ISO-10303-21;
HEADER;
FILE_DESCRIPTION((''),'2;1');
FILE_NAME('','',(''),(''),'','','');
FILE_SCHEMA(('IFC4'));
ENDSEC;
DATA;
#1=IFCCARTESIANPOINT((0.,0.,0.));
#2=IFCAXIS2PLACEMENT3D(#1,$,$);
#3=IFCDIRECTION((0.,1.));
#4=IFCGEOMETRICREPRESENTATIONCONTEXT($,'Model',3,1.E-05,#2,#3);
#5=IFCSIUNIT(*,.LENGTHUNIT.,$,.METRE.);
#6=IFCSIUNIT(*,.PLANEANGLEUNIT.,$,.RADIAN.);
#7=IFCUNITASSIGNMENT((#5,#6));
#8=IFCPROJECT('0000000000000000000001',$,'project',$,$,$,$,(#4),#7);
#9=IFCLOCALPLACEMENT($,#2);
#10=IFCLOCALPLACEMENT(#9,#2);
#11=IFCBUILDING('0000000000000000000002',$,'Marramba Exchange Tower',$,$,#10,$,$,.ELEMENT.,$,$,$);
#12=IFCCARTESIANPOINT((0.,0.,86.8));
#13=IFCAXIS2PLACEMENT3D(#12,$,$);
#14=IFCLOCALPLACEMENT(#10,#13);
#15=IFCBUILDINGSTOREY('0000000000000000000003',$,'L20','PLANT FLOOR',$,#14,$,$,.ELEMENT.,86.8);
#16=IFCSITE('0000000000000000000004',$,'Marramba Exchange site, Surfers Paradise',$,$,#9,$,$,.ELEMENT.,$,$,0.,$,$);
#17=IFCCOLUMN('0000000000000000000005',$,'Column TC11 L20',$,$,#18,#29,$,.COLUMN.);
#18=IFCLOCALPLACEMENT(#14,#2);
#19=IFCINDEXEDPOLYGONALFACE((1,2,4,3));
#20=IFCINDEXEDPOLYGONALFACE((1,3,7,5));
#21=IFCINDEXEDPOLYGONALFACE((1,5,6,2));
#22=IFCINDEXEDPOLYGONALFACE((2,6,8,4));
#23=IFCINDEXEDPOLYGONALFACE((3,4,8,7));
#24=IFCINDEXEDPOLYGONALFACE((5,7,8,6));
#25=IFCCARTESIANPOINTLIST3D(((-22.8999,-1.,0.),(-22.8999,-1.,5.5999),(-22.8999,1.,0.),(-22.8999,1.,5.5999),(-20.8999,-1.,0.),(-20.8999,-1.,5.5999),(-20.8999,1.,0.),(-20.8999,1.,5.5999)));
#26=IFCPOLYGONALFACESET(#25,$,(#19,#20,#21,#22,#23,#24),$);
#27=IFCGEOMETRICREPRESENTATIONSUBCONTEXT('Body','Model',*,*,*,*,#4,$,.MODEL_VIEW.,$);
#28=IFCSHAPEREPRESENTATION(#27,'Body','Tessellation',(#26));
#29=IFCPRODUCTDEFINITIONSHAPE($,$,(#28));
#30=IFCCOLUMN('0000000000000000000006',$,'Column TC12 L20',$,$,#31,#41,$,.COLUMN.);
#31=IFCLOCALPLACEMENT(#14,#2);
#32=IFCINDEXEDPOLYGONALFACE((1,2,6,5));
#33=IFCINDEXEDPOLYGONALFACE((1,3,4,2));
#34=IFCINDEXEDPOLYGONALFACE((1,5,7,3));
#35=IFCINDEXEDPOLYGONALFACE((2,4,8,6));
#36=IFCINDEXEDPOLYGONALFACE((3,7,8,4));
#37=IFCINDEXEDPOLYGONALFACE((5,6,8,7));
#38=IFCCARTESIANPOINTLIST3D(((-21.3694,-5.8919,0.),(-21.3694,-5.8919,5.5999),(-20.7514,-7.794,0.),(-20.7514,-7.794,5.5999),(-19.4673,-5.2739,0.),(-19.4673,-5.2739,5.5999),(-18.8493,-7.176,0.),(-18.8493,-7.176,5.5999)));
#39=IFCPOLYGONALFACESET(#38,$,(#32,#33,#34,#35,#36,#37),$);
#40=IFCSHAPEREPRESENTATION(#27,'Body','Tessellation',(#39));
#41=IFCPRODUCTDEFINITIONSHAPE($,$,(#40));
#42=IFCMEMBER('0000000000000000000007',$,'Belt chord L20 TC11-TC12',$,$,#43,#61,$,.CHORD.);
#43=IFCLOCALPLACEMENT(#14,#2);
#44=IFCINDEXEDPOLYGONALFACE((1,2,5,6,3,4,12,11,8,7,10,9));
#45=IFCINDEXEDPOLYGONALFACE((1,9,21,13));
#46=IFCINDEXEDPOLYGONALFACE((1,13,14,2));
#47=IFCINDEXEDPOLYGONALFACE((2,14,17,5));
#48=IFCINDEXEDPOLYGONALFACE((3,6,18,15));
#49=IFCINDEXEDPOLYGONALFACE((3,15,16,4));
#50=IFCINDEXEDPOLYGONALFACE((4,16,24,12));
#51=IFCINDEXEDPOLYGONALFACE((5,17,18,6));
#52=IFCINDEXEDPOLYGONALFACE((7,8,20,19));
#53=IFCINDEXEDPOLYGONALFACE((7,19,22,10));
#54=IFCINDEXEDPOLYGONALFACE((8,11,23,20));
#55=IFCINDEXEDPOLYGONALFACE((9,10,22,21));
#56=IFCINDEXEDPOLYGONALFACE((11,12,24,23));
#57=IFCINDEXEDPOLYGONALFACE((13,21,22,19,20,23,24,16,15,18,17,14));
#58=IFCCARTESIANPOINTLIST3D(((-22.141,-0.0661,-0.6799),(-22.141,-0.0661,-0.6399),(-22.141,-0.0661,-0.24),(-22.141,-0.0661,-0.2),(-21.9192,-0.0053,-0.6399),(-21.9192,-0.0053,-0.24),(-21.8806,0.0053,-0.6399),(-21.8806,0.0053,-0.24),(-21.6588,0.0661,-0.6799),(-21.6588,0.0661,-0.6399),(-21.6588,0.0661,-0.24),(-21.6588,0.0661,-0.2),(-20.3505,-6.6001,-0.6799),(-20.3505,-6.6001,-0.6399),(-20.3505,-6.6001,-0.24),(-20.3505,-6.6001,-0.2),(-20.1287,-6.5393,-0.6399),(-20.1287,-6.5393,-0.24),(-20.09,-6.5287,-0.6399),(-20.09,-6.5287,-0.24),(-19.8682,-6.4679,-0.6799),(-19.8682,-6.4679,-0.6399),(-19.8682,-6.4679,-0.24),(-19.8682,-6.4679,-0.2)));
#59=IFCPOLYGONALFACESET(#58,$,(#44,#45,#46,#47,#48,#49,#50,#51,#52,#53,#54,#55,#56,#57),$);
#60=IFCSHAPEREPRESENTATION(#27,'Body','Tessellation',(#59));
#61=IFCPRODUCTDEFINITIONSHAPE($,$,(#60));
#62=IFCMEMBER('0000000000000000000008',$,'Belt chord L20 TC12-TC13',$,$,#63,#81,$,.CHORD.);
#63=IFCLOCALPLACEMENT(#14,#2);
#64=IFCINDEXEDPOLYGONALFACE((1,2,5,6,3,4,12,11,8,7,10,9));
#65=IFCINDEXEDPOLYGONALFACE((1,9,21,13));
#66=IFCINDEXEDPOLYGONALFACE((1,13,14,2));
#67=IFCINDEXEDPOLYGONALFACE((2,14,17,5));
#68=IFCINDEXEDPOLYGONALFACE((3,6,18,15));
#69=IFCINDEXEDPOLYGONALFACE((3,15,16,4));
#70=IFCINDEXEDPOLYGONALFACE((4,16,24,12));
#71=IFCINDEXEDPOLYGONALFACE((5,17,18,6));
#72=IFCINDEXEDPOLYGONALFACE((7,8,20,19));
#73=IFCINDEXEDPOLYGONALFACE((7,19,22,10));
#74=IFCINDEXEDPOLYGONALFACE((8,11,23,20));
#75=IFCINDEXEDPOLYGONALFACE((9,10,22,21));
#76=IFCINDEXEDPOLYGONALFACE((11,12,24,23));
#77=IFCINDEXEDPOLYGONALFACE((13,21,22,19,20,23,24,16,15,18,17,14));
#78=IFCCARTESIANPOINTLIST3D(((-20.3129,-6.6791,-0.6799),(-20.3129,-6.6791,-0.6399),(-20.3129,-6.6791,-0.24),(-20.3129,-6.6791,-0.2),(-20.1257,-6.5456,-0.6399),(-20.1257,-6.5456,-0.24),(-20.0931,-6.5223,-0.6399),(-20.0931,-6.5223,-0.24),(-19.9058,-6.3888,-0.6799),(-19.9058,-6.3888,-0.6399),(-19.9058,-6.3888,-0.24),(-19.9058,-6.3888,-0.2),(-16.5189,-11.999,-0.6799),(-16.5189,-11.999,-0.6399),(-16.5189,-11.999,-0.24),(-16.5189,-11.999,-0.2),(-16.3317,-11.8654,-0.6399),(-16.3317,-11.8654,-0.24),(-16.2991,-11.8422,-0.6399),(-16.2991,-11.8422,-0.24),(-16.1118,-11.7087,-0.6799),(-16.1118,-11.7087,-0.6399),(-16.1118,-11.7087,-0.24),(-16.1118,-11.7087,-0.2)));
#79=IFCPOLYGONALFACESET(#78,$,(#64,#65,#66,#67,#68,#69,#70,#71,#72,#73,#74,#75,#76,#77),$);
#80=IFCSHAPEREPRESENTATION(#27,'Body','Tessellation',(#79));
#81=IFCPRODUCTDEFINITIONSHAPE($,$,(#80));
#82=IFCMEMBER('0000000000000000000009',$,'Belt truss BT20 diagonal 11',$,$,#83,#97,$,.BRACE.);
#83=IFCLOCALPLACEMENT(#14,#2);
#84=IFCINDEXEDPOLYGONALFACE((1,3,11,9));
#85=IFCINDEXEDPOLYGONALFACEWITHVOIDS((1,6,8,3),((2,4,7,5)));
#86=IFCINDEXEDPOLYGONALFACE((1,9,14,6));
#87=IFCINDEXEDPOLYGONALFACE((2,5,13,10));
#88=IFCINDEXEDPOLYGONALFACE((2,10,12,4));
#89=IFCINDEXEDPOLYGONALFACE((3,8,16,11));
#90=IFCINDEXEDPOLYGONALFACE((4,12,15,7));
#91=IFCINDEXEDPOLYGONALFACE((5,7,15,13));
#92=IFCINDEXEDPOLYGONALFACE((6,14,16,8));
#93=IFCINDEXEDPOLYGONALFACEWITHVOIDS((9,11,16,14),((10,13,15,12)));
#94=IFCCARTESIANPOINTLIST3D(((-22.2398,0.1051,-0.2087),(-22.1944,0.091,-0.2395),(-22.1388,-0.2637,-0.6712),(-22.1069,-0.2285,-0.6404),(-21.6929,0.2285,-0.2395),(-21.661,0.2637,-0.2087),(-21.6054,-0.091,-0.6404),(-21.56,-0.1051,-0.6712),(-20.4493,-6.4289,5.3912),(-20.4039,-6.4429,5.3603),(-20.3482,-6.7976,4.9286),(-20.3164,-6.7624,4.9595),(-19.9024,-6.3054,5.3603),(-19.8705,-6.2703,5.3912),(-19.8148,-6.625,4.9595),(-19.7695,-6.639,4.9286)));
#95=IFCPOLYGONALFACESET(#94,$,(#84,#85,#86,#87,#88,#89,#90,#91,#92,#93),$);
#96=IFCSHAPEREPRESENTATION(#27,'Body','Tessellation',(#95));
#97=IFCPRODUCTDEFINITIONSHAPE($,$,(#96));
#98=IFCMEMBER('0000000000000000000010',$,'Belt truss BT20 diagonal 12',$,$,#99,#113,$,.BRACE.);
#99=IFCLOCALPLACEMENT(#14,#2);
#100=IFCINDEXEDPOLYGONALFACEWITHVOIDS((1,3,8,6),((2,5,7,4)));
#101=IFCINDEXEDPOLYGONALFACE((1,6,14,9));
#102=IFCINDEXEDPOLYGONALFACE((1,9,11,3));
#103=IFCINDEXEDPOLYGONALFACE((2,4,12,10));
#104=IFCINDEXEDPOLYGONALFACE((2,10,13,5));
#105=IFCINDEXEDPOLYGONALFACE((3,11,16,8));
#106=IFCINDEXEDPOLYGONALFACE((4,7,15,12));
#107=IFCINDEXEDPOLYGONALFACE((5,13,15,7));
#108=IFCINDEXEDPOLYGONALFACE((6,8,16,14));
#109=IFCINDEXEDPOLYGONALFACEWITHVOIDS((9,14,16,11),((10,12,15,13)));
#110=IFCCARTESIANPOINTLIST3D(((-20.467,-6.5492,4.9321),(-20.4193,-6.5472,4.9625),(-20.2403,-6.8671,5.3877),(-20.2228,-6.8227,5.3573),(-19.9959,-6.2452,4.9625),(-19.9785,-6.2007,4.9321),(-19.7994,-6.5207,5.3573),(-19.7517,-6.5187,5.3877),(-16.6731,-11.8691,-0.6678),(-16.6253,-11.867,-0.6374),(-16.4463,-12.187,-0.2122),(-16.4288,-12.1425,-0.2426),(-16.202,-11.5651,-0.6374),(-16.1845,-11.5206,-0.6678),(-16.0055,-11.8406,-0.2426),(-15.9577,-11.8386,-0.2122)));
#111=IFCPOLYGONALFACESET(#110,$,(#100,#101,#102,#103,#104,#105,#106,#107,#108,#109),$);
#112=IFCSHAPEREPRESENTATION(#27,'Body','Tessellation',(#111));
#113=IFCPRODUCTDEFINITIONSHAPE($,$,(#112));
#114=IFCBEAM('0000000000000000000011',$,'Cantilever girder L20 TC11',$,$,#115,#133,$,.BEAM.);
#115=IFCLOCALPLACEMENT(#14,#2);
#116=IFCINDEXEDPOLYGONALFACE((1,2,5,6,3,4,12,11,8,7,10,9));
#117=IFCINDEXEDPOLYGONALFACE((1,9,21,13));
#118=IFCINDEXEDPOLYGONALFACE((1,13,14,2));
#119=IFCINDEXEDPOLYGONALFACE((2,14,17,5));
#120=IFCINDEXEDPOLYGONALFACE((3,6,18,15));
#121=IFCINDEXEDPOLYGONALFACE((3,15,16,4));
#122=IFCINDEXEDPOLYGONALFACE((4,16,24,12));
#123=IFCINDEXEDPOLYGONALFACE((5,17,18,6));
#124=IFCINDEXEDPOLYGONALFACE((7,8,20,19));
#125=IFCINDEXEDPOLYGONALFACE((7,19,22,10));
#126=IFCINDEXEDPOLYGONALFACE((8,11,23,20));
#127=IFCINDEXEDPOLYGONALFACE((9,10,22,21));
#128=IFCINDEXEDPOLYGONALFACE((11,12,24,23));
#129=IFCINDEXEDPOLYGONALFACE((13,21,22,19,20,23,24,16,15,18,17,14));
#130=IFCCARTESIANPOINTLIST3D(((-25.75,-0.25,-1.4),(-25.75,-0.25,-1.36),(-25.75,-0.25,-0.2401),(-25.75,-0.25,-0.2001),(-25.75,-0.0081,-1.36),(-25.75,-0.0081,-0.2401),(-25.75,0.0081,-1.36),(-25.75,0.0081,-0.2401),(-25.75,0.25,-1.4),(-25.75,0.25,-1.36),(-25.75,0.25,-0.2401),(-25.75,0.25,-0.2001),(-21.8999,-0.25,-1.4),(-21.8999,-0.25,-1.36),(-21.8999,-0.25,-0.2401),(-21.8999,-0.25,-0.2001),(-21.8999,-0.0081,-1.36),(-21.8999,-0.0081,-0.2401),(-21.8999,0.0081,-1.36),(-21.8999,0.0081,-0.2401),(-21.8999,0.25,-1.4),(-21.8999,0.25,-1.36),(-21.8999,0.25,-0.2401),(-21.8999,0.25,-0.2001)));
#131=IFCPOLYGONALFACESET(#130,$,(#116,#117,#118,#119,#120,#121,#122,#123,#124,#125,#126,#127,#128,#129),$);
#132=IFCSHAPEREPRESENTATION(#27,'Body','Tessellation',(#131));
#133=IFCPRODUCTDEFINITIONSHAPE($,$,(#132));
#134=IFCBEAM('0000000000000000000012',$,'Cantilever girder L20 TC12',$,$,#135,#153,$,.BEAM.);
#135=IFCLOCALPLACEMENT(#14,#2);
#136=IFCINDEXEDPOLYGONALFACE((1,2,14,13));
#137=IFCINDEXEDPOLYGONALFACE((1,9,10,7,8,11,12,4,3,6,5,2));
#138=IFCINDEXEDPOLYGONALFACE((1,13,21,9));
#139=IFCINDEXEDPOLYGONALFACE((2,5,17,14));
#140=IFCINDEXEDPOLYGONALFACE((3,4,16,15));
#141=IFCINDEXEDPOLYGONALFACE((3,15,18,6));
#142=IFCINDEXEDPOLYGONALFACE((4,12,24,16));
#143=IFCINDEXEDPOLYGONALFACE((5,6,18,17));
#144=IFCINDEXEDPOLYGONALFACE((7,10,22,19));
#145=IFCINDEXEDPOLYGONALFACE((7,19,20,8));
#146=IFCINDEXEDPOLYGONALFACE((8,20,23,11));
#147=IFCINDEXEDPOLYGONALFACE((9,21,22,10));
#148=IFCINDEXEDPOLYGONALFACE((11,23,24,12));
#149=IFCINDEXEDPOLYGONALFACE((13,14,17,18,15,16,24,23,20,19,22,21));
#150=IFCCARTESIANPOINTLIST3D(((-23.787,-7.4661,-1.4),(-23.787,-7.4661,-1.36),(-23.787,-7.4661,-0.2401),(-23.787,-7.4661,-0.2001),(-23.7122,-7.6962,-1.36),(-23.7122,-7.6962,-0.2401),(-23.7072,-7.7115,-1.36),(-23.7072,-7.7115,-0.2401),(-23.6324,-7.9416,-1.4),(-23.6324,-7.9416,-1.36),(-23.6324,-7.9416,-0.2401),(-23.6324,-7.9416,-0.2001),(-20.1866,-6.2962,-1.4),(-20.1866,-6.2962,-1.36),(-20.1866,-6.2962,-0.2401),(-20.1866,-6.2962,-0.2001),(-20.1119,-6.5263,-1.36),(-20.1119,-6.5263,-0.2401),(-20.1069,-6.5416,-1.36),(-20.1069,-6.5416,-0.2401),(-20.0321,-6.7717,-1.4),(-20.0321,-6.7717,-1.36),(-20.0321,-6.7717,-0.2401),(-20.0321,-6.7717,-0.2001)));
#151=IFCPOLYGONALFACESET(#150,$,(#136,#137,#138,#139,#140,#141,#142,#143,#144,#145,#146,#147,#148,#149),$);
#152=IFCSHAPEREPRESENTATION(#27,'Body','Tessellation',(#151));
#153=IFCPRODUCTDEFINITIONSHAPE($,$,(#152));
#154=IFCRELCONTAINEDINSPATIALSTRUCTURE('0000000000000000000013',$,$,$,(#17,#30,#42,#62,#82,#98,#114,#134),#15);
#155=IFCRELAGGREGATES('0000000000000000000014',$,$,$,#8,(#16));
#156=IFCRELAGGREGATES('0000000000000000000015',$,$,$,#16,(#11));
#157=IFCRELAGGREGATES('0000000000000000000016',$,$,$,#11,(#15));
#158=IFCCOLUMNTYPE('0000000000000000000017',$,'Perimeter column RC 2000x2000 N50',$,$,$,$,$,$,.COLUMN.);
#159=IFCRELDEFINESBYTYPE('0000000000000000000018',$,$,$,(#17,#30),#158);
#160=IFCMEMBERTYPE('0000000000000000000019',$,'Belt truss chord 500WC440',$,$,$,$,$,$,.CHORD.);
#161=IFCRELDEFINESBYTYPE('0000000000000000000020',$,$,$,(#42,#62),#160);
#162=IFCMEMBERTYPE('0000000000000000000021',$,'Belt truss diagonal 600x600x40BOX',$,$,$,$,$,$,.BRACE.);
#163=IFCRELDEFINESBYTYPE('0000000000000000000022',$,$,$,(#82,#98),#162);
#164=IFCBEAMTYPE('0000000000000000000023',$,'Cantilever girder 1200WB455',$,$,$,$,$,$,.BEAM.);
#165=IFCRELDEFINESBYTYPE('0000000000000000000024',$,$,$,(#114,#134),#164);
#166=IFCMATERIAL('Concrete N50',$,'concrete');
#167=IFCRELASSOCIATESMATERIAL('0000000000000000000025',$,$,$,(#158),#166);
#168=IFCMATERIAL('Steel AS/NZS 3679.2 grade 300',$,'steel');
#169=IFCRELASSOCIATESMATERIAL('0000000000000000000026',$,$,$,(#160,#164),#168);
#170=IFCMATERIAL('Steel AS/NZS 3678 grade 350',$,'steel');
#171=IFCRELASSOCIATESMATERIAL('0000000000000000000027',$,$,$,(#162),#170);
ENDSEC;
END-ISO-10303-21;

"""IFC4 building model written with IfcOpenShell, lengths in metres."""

from ifc_helpers import new_model, si_unit, direction, frame, origin, origin_2d, place, context, subcontext, project, spatial, rectangle, hollow_rectangle, i_section, extrude, material, material_profile, profile_set, type_object, element, save


model = new_model("IFC4")

# Units and contexts
model_context = context("Model", 3, precision=1e-05, world=origin(), true_north=direction((0.0, 1.0)))
body_context = subcontext(model_context, "Body", "Model", "MODEL_VIEW")
ifc_project = project(units=[si_unit("LENGTHUNIT", "METRE"), si_unit("PLANEANGLEUNIT", "RADIAN")], contexts=[model_context])

# Site, building, storey
site_placement = place(None, origin())
site = spatial("IfcSite", under=ifc_project, at=site_placement, Name="Marramba Exchange site, Surfers Paradise", CompositionType="ELEMENT", RefElevation=0.0)
building_placement = place(site_placement, origin())
building = spatial("IfcBuilding", under=site, at=building_placement, Name="Marramba Exchange Tower", CompositionType="ELEMENT")
storey_placement = place(building_placement, frame((0.0, 0.0, 86.8)))
storey = spatial("IfcBuildingStorey", under=building, at=storey_placement, Name="L20", Description="PLANT FLOOR", CompositionType="ELEMENT", Elevation=86.8)

# Columns
ifc_material_1 = material(Name="Concrete N50", Category="concrete")
ifc_material_profile_1 = material_profile(ifc_material_1, rectangle(XDim=2.0, YDim=2.0, at=origin_2d()), Name="RC 2000x2000")
ifc_profile_set_1 = profile_set([ifc_material_profile_1], Name="Concrete N50")
column_type = type_object("IfcColumnType", Name="Perimeter column RC 2000x2000 N50", PredefinedType="COLUMN", material=ifc_profile_set_1)
for number, where, z_axis, x_axis, name in (
    (1, (-21.8999, 0.0, 0.0), (0.0, 0.0, 1.0), (-1.0, 0.0, 0.0), "Column TC11 L20"),
    (2, (-20.1094, -6.5339, 0.0), (0.0, 0.0, 1.0), (-0.951057, -0.309017, 0.0), "Column TC12 L20"),
):
    element("IfcColumn", number, at=place(storey_placement, frame(where, z_axis=z_axis, x_axis=x_axis)), inside=storey, type_object=column_type, Name=name, PredefinedType="COLUMN", context=body_context, shape_type="SweptSolid", body=[
        extrude(rectangle(XDim=2.0, YDim=2.0, at=origin_2d()), origin(), (0.0, 0.0, 1.0), 5.5999),
    ])

# Members
ifc_material_2 = material(Name="Steel AS/NZS 3679.2 grade 300", Category="steel")
ifc_material_profile_2 = material_profile(ifc_material_2, i_section(OverallWidth=0.5, OverallDepth=0.48, WebThickness=0.04, FlangeThickness=0.04, at=origin_2d()), Name="500WC440")
ifc_profile_set_2 = profile_set([ifc_material_profile_2], Name="Steel AS/NZS 3679.2 grade 300")
member_type_1 = type_object("IfcMemberType", Name="Belt truss chord 500WC440", PredefinedType="CHORD", material=ifc_profile_set_2)
member_1_placement = place(storey_placement, frame((-21.8999, 0.0, -0.4399), z_axis=(0.264291, -0.964443, 0.0), x_axis=(0.964443, 0.264291, 0.0)))
element("IfcMember", 3, at=member_1_placement, inside=storey, type_object=member_type_1, Name="Belt chord L20 TC11-TC12", PredefinedType="CHORD", context=body_context, shape_type="SweptSolid", body=[
    extrude(i_section(OverallWidth=0.5, OverallDepth=0.48, WebThickness=0.04, FlangeThickness=0.04, at=origin_2d()), origin(), (0.0, 0.0, 1.0), 6.7749),
])
member_2_placement = place(storey_placement, frame((-20.1094, -6.5339, -0.4399), z_axis=(0.580637, -0.814162, 0.0), x_axis=(0.814162, 0.580637, 0.0)))
element("IfcMember", 4, at=member_2_placement, inside=storey, type_object=member_type_1, Name="Belt chord L20 TC12-TC13", PredefinedType="CHORD", context=body_context, shape_type="SweptSolid", body=[
    extrude(i_section(OverallWidth=0.5, OverallDepth=0.48, WebThickness=0.04, FlangeThickness=0.04, at=origin_2d()), origin(), (0.0, 0.0, 1.0), 6.5342),
])
ifc_material_3 = material(Name="Steel AS/NZS 3678 grade 350", Category="steel")
ifc_material_profile_3 = material_profile(ifc_material_3, hollow_rectangle(XDim=0.6001, YDim=0.6001, WallThickness=0.04, at=origin_2d()), Name="600x600x40BOX")
ifc_profile_set_3 = profile_set([ifc_material_profile_3], Name="Steel AS/NZS 3678 grade 350")
member_type_2 = type_object("IfcMemberType", Name="Belt truss diagonal 600x600x40BOX", PredefinedType="BRACE", material=ifc_profile_set_3)
member_3_placement = place(storey_placement, frame((-21.8999, 0.0, -0.4399), z_axis=(0.20371, -0.743373, 0.637102), x_axis=(0.964443, 0.264291, 0.0)))
element("IfcMember", 5, at=member_3_placement, inside=storey, type_object=member_type_2, Name="Belt truss BT20 diagonal 11", PredefinedType="BRACE", context=body_context, shape_type="SweptSolid", body=[
    extrude(hollow_rectangle(XDim=0.6001, YDim=0.6001, WallThickness=0.04, at=origin_2d()), origin(), (0.0, 0.0, 1.0), 8.7896),
])
member_4_placement = place(storey_placement, frame((-20.1094, -6.5339, 5.1599), z_axis=(0.44088, -0.618196, -0.650737), x_axis=(0.814162, 0.580637, 0.0)))
element("IfcMember", 6, at=member_4_placement, inside=storey, type_object=member_type_2, Name="Belt truss BT20 diagonal 12", PredefinedType="BRACE", context=body_context, shape_type="SweptSolid", body=[
    extrude(hollow_rectangle(XDim=0.6001, YDim=0.6001, WallThickness=0.04, at=origin_2d()), origin(), (0.0, 0.0, 1.0), 8.6055),
])

# Beams
ifc_material_profile_4 = material_profile(ifc_material_2, i_section(OverallWidth=0.5, OverallDepth=1.2, WebThickness=0.0161, FlangeThickness=0.04, at=origin_2d()), Name="1200WB455")
ifc_profile_set_4 = profile_set([ifc_material_profile_4], Name="Steel AS/NZS 3679.2 grade 300")
beam_type_1 = type_object("IfcBeamType", Name="Cantilever girder 1200WB455", PredefinedType="BEAM", material=ifc_profile_set_4)
beam_1_placement = place(storey_placement, frame((-21.8999, 0.0, -0.8), z_axis=(-1.0, 0.0, 0.0), x_axis=(0.0, -1.0, 0.0)))
element("IfcBeam", 7, at=beam_1_placement, inside=storey, type_object=beam_type_1, Name="Cantilever girder L20 TC11", PredefinedType="BEAM", context=body_context, shape_type="SweptSolid", body=[
    extrude(i_section(OverallWidth=0.5, OverallDepth=1.2, WebThickness=0.0161, FlangeThickness=0.04, at=origin_2d()), origin(), (0.0, 0.0, 1.0), 3.8501),
])
beam_2_placement = place(storey_placement, frame((-20.1094, -6.5339, -0.8), z_axis=(-0.951049, -0.309041, 0.0), x_axis=(0.309041, -0.951049, 0.0)))
element("IfcBeam", 8, at=beam_2_placement, inside=storey, type_object=beam_type_1, Name="Cantilever girder L20 TC12", PredefinedType="BEAM", context=body_context, shape_type="SweptSolid", body=[
    extrude(i_section(OverallWidth=0.5, OverallDepth=1.2, WebThickness=0.0161, FlangeThickness=0.04, at=origin_2d()), origin(), (0.0, 0.0, 1.0), 3.7856),
])

save(model, "model.ifc")
